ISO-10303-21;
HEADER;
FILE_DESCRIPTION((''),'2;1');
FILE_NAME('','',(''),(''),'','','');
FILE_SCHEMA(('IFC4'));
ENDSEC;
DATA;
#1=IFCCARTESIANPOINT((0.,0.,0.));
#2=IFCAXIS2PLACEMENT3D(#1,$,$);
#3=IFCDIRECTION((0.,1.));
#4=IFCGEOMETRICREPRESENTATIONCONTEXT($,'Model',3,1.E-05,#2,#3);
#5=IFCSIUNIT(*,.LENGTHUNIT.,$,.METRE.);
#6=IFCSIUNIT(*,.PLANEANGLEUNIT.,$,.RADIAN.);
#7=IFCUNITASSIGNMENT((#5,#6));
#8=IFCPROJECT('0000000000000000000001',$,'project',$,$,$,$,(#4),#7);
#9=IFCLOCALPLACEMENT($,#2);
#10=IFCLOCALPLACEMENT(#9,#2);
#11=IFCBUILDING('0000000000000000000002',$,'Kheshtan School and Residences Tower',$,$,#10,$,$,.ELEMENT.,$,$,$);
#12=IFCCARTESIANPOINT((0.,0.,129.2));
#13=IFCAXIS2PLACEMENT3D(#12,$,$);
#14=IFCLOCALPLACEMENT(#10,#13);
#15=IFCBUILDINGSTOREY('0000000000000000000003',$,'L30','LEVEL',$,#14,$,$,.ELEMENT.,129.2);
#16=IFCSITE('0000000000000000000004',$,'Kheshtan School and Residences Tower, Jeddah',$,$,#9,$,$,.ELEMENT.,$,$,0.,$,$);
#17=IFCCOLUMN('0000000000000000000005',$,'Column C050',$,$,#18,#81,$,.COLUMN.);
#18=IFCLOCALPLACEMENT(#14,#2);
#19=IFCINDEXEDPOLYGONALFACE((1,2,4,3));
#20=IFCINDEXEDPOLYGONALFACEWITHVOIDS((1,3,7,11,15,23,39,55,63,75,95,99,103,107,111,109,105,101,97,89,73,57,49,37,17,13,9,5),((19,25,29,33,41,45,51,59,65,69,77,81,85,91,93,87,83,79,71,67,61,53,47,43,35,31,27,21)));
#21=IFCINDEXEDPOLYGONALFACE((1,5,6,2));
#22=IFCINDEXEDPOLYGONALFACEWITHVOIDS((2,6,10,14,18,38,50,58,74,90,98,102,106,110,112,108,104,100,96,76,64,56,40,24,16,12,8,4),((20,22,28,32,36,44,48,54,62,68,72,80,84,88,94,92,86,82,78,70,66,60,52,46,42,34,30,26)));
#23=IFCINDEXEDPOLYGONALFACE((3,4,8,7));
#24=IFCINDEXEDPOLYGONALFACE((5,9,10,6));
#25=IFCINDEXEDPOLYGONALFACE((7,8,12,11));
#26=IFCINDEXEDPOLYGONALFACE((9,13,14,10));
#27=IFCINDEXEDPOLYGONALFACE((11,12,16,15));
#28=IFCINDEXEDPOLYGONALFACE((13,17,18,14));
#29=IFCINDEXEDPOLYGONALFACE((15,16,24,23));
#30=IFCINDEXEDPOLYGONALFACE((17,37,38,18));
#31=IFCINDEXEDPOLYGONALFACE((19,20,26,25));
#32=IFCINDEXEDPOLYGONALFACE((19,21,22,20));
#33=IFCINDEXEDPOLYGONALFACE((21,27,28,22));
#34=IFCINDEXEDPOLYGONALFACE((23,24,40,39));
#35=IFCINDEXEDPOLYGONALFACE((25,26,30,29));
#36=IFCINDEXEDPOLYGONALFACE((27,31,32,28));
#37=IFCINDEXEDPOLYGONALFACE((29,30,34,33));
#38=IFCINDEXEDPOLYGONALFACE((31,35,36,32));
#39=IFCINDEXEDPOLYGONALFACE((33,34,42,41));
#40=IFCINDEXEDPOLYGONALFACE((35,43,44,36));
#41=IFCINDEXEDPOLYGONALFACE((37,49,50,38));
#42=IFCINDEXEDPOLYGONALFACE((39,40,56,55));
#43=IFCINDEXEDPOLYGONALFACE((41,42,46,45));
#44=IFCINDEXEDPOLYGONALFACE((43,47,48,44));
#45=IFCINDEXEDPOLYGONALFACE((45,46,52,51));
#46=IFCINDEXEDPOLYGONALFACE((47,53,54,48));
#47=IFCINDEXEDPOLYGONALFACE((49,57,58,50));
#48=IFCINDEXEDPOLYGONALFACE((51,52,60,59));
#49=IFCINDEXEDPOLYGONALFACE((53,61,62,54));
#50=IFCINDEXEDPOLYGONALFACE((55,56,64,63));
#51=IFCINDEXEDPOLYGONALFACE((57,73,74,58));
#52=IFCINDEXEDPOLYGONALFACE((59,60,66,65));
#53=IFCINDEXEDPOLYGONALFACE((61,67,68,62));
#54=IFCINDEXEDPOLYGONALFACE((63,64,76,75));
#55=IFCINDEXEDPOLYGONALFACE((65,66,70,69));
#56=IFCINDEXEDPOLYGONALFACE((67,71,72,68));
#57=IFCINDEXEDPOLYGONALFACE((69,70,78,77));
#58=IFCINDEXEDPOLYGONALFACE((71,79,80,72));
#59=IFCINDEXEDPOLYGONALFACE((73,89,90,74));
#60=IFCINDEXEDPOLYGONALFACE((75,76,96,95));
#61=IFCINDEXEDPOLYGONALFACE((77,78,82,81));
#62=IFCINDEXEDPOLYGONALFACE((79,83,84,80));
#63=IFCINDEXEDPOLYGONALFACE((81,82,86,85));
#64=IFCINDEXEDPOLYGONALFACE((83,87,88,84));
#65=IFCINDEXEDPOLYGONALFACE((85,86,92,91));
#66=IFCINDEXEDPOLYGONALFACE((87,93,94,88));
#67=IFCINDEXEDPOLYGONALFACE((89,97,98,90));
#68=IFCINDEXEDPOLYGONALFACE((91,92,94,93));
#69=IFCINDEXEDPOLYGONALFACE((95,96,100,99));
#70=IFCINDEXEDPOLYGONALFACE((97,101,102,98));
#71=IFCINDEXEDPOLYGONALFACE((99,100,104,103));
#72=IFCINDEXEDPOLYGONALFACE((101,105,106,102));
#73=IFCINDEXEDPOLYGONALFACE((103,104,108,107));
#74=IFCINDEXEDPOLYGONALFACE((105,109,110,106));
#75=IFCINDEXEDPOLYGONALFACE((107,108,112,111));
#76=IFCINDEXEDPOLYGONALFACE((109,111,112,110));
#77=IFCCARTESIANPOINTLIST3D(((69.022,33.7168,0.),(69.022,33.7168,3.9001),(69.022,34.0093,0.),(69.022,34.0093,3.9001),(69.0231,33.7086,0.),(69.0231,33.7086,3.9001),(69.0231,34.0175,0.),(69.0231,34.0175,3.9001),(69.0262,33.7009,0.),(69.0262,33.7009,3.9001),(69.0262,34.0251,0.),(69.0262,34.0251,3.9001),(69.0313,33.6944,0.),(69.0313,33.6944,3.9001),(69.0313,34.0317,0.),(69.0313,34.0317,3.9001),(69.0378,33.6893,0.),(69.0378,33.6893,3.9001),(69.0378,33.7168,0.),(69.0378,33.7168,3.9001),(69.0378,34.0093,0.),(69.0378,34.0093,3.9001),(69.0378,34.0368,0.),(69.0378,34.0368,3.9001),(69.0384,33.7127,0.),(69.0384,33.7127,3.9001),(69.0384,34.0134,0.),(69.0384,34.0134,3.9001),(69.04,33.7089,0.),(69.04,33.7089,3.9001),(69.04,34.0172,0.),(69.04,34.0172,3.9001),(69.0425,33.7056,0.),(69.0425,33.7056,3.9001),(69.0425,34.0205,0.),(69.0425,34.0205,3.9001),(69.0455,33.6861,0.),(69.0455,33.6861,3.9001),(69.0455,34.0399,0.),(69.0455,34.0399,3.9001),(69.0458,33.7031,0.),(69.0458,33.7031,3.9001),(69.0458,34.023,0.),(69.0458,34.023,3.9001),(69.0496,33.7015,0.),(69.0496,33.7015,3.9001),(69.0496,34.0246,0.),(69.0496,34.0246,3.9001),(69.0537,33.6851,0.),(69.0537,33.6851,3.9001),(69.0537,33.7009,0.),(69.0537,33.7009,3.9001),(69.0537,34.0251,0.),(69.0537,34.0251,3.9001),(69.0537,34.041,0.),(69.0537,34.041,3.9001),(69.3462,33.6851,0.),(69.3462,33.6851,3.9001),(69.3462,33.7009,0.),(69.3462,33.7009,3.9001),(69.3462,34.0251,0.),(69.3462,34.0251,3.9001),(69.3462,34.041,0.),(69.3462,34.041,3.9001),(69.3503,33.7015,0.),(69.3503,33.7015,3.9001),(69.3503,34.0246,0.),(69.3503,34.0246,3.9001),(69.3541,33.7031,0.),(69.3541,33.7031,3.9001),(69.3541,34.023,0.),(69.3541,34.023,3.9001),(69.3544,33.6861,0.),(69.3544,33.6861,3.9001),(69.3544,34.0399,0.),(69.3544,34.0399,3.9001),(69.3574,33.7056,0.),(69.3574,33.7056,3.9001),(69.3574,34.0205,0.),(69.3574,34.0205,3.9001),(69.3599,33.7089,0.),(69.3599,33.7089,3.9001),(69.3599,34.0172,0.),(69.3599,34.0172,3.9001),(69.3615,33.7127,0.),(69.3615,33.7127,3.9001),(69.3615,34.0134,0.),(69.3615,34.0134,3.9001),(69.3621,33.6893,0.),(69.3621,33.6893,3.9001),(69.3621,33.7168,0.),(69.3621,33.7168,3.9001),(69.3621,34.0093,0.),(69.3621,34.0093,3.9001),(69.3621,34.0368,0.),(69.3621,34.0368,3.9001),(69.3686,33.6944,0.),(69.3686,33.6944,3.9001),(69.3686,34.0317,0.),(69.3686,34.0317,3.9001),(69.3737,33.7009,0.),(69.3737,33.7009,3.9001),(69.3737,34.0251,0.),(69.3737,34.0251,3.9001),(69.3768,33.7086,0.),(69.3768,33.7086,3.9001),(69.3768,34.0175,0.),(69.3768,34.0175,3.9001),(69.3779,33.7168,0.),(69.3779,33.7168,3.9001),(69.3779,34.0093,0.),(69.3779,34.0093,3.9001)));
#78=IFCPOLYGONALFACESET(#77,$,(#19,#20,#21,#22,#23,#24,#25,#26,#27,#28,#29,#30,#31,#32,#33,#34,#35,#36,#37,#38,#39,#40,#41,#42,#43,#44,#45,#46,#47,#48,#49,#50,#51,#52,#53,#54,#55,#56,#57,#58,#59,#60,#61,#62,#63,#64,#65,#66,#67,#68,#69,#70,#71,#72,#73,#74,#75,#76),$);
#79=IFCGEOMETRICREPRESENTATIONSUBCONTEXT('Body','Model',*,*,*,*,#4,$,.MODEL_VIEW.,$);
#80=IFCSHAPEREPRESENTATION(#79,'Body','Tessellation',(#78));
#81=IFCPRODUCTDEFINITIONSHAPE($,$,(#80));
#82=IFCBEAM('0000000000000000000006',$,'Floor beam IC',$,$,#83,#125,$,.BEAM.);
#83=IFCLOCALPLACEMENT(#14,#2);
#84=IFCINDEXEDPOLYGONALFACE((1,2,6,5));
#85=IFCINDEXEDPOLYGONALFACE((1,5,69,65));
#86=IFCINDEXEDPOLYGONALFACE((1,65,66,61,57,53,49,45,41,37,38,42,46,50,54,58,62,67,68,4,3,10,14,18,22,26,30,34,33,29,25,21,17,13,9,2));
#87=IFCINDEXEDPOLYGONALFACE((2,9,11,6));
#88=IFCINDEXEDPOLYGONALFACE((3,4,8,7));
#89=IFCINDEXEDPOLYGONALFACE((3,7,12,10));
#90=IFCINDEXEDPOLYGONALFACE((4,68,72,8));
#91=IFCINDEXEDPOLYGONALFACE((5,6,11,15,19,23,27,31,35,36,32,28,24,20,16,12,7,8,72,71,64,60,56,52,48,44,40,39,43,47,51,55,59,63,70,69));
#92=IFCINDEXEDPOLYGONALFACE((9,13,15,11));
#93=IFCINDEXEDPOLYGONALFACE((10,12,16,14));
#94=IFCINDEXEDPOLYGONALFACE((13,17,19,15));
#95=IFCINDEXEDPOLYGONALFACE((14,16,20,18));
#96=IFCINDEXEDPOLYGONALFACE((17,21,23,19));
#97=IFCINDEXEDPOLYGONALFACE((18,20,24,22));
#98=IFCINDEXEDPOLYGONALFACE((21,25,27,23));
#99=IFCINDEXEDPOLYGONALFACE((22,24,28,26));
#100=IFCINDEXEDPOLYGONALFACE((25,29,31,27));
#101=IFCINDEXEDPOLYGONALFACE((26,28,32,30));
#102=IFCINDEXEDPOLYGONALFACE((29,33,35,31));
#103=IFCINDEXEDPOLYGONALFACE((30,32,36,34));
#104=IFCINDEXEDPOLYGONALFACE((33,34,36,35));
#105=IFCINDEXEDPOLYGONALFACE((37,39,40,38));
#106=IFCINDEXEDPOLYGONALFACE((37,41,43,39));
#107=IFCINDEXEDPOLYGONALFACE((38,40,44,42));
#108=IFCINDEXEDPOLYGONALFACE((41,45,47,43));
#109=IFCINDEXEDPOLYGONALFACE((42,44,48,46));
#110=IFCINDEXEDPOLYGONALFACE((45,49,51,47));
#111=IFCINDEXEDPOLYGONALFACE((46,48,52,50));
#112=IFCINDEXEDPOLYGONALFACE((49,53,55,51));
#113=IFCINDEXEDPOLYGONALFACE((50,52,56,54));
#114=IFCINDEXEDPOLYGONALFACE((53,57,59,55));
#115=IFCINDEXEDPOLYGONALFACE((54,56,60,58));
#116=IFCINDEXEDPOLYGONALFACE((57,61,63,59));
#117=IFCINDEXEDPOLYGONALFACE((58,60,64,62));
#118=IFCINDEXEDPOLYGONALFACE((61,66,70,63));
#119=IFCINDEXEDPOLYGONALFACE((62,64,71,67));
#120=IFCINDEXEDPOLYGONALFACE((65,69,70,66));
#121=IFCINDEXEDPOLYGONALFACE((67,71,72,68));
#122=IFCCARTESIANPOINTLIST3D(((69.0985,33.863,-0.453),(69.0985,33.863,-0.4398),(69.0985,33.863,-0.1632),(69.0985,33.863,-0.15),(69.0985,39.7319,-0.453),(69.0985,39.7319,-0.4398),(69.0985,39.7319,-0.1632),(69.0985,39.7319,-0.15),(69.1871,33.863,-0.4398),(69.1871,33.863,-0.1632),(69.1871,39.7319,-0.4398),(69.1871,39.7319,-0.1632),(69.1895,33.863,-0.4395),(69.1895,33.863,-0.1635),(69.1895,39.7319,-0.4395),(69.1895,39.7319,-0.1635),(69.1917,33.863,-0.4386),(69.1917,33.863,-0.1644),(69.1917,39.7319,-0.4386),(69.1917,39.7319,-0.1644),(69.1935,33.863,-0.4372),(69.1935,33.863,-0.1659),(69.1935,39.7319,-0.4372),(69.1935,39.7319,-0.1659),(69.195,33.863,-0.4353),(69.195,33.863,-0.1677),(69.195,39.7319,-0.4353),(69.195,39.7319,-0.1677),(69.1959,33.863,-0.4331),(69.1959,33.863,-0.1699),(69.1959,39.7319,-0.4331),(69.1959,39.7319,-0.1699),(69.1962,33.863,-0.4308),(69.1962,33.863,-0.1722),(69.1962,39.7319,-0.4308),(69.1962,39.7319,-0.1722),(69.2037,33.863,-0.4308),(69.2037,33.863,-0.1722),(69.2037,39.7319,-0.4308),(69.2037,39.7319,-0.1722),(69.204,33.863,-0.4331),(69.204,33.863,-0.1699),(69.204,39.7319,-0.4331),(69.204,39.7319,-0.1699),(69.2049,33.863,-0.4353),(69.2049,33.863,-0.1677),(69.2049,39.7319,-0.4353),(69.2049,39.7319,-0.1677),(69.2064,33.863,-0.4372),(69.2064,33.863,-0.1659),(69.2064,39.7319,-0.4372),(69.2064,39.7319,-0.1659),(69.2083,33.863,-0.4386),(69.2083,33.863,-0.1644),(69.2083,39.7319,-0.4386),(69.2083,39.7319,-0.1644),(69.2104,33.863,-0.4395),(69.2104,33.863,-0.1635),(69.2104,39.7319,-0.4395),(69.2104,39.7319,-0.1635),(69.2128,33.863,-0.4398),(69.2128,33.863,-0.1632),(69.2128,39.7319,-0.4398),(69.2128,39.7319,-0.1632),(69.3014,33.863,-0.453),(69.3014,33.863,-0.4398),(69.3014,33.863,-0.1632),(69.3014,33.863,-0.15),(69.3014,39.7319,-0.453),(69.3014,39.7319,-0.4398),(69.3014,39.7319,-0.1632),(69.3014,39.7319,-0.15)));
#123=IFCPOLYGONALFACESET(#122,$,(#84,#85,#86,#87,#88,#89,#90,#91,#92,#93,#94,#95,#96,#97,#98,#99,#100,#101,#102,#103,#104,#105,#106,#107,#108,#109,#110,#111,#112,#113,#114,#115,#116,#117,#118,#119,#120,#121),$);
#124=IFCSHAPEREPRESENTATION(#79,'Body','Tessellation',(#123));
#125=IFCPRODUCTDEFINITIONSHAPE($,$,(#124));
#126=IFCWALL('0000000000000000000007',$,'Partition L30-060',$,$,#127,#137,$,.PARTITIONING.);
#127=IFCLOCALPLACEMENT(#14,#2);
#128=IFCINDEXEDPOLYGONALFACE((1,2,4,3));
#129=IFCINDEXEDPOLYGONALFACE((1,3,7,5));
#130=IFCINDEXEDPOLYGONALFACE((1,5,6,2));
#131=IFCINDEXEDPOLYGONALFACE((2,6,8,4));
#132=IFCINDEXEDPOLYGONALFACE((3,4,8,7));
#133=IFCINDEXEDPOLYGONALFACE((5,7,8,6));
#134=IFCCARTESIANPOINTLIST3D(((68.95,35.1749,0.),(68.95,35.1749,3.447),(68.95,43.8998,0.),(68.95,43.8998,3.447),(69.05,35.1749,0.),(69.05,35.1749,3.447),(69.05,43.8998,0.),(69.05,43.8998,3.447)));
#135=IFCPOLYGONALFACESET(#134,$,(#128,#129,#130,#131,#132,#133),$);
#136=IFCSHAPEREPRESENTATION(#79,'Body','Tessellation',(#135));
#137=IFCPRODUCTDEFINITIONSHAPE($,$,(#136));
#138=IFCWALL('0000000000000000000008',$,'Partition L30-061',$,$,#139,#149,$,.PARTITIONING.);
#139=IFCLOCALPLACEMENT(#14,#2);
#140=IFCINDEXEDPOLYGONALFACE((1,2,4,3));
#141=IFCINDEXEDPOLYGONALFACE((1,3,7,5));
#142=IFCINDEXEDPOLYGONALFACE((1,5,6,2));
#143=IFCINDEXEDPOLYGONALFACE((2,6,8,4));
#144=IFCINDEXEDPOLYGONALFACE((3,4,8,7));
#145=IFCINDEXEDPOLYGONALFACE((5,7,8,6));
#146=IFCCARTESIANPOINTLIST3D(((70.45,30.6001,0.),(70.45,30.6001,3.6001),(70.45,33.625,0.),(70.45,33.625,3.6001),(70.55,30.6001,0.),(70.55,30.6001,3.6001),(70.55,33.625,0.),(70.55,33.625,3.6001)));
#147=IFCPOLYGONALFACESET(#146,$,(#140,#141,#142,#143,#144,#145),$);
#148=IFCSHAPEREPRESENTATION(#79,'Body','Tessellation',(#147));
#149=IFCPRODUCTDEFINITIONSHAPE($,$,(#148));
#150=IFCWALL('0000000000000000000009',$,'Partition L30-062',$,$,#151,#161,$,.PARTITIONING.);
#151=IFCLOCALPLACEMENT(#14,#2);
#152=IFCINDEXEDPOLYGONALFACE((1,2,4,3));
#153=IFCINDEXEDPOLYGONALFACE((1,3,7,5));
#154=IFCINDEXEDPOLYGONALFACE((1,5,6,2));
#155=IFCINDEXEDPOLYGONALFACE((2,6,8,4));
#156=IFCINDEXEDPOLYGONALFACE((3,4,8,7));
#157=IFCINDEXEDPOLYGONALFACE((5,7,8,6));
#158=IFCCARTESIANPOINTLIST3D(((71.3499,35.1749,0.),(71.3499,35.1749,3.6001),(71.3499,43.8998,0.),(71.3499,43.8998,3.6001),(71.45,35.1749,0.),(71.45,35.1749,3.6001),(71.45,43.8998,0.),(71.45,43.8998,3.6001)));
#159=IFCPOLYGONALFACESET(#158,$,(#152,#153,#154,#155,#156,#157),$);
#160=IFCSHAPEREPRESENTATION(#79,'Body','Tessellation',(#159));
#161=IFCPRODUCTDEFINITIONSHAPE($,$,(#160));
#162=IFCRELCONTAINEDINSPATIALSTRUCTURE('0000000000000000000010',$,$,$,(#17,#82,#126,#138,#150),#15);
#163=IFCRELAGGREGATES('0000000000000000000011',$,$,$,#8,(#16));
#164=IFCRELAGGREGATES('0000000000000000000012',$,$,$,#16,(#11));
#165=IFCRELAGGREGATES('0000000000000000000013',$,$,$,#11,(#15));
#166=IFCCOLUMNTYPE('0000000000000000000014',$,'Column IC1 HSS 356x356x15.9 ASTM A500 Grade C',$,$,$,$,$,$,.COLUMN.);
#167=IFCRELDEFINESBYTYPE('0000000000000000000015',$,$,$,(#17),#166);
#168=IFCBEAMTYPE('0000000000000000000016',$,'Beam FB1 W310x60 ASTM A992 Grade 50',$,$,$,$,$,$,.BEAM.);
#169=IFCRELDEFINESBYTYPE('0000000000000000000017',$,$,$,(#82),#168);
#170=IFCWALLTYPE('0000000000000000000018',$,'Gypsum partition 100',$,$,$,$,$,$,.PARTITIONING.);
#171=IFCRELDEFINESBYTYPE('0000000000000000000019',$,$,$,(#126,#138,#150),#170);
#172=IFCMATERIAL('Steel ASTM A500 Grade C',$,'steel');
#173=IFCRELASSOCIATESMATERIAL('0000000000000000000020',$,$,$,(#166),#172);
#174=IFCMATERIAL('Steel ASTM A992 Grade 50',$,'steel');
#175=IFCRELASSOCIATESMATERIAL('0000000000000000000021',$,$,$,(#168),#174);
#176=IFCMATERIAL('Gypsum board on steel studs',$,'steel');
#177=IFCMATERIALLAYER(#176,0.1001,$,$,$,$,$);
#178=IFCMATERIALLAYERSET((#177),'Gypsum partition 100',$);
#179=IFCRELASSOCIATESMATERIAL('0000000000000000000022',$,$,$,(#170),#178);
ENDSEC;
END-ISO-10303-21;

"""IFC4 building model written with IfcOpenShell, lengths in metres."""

from ifc_helpers import new_model, si_unit, direction, frame, frame_2d, origin, origin_2d, place, context, subcontext, project, spatial, rectangle, hollow_rectangle, i_section, extrude, material, layer, layer_set, material_profile, profile_set, type_object, element, save


model = new_model("IFC4")

# Units and contexts
model_context = context("Model", 3, precision=1e-05, world=origin(), true_north=direction((0.0, 1.0)))
body_context = subcontext(model_context, "Body", "Model", "MODEL_VIEW")
ifc_project = project(units=[si_unit("LENGTHUNIT", "METRE"), si_unit("PLANEANGLEUNIT", "RADIAN")], contexts=[model_context])

# Site, building, storey
site_placement = place(None, origin())
site = spatial("IfcSite", under=ifc_project, at=site_placement, Name="Kheshtan School and Residences Tower, Jeddah", CompositionType="ELEMENT", RefElevation=0.0)
building_placement = place(site_placement, origin())
building = spatial("IfcBuilding", under=site, at=building_placement, Name="Kheshtan School and Residences Tower", CompositionType="ELEMENT")
storey_placement = place(building_placement, frame((0.0, 0.0, 129.2)))
storey = spatial("IfcBuildingStorey", under=building, at=storey_placement, Name="L30", Description="LEVEL", CompositionType="ELEMENT", Elevation=129.2)

# Column
ifc_material_1 = material(Name="Steel ASTM A500 Grade C", Category="steel")
ifc_material_profile_1 = material_profile(ifc_material_1, hollow_rectangle(XDim=0.356, YDim=0.356, WallThickness=0.0159, InnerFilletRadius=0.0159, OuterFilletRadius=0.0317, at=origin_2d()), Name="HSS 356x356x15.9")
ifc_profile_set_1 = profile_set([ifc_material_profile_1], Name="Steel ASTM A500 Grade C")
column_type = type_object("IfcColumnType", Name="Column IC1 HSS 356x356x15.9 ASTM A500 Grade C", PredefinedType="COLUMN", material=ifc_profile_set_1)
column_placement = place(storey_placement, frame((69.2, 33.863, 0.0), z_axis=(0.0, 0.0, 1.0), x_axis=(1.0, 0.0, 0.0)))
element("IfcColumn", 1, at=column_placement, inside=storey, type_object=column_type, Name="Column C050", PredefinedType="COLUMN", context=body_context, shape_type="SweptSolid", body=[
    extrude(hollow_rectangle(XDim=0.356, YDim=0.356, WallThickness=0.0159, InnerFilletRadius=0.0159, OuterFilletRadius=0.0317, at=origin_2d()), origin(), (0.0, 0.0, 1.0), 3.9001),
])

# Beam
ifc_material_2 = material(Name="Steel ASTM A992 Grade 50", Category="steel")
ifc_material_profile_2 = material_profile(ifc_material_2, i_section(OverallWidth=0.2029, OverallDepth=0.303, WebThickness=0.0076, FlangeThickness=0.0132, FilletRadius=0.009, at=origin_2d()), Name="W310x60")
ifc_profile_set_2 = profile_set([ifc_material_profile_2], Name="Steel ASTM A992 Grade 50")
beam_type = type_object("IfcBeamType", Name="Beam FB1 W310x60 ASTM A992 Grade 50", PredefinedType="BEAM", material=ifc_profile_set_2)
beam_placement = place(storey_placement, frame((69.2, 33.863, -0.3015), z_axis=(0.0, 1.0, 0.0), x_axis=(-1.0, 0.0, 0.0)))
element("IfcBeam", 2, at=beam_placement, inside=storey, type_object=beam_type, Name="Floor beam IC", PredefinedType="BEAM", context=body_context, shape_type="SweptSolid", body=[
    extrude(i_section(OverallWidth=0.2029, OverallDepth=0.303, WebThickness=0.0076, FlangeThickness=0.0132, FilletRadius=0.009, at=origin_2d()), origin(), (0.0, 0.0, 1.0), 5.8689),
])

# Walls
ifc_material_3 = material(Name="Gypsum board on steel studs", Category="steel")
ifc_layer_1 = layer(ifc_material_3, 0.1001)
ifc_layer_set_1 = layer_set([ifc_layer_1], Name="Gypsum partition 100")
wall_type_1 = type_object("IfcWallType", Name="Gypsum partition 100", PredefinedType="PARTITIONING", material=ifc_layer_set_1)
wall_1_placement = place(storey_placement, frame((69.0, 35.175, 0.0), z_axis=(0.0, 0.0, 1.0), x_axis=(0.0, 1.0, 0.0)))
element("IfcWall", 3, at=wall_1_placement, inside=storey, type_object=wall_type_1, Name="Partition L30-060", PredefinedType="PARTITIONING", context=body_context, shape_type="SweptSolid", body=[
    extrude(rectangle(XDim=8.7249, YDim=0.1001, at=frame_2d((4.3623, 0.0))), origin(), (0.0, 0.0, 1.0), 3.447),
])
wall_2_placement = place(storey_placement, frame((70.5, 30.6001, 0.0), z_axis=(0.0, 0.0, 1.0), x_axis=(0.0, 1.0, 0.0)))
element("IfcWall", 4, at=wall_2_placement, inside=storey, type_object=wall_type_1, Name="Partition L30-061", PredefinedType="PARTITIONING", context=body_context, shape_type="SweptSolid", body=[
    extrude(rectangle(XDim=3.0249, YDim=0.1001, at=frame_2d((1.5125, 0.0))), origin(), (0.0, 0.0, 1.0), 3.6001),
])
wall_3_placement = place(storey_placement, frame((71.3999, 35.175, 0.0), z_axis=(0.0, 0.0, 1.0), x_axis=(0.0, 1.0, 0.0)))
element("IfcWall", 5, at=wall_3_placement, inside=storey, type_object=wall_type_1, Name="Partition L30-062", PredefinedType="PARTITIONING", context=body_context, shape_type="SweptSolid", body=[
    extrude(rectangle(XDim=8.7249, YDim=0.1001, at=frame_2d((4.3623, 0.0))), origin(), (0.0, 0.0, 1.0), 3.6001),
])

save(model, "model.ifc")
